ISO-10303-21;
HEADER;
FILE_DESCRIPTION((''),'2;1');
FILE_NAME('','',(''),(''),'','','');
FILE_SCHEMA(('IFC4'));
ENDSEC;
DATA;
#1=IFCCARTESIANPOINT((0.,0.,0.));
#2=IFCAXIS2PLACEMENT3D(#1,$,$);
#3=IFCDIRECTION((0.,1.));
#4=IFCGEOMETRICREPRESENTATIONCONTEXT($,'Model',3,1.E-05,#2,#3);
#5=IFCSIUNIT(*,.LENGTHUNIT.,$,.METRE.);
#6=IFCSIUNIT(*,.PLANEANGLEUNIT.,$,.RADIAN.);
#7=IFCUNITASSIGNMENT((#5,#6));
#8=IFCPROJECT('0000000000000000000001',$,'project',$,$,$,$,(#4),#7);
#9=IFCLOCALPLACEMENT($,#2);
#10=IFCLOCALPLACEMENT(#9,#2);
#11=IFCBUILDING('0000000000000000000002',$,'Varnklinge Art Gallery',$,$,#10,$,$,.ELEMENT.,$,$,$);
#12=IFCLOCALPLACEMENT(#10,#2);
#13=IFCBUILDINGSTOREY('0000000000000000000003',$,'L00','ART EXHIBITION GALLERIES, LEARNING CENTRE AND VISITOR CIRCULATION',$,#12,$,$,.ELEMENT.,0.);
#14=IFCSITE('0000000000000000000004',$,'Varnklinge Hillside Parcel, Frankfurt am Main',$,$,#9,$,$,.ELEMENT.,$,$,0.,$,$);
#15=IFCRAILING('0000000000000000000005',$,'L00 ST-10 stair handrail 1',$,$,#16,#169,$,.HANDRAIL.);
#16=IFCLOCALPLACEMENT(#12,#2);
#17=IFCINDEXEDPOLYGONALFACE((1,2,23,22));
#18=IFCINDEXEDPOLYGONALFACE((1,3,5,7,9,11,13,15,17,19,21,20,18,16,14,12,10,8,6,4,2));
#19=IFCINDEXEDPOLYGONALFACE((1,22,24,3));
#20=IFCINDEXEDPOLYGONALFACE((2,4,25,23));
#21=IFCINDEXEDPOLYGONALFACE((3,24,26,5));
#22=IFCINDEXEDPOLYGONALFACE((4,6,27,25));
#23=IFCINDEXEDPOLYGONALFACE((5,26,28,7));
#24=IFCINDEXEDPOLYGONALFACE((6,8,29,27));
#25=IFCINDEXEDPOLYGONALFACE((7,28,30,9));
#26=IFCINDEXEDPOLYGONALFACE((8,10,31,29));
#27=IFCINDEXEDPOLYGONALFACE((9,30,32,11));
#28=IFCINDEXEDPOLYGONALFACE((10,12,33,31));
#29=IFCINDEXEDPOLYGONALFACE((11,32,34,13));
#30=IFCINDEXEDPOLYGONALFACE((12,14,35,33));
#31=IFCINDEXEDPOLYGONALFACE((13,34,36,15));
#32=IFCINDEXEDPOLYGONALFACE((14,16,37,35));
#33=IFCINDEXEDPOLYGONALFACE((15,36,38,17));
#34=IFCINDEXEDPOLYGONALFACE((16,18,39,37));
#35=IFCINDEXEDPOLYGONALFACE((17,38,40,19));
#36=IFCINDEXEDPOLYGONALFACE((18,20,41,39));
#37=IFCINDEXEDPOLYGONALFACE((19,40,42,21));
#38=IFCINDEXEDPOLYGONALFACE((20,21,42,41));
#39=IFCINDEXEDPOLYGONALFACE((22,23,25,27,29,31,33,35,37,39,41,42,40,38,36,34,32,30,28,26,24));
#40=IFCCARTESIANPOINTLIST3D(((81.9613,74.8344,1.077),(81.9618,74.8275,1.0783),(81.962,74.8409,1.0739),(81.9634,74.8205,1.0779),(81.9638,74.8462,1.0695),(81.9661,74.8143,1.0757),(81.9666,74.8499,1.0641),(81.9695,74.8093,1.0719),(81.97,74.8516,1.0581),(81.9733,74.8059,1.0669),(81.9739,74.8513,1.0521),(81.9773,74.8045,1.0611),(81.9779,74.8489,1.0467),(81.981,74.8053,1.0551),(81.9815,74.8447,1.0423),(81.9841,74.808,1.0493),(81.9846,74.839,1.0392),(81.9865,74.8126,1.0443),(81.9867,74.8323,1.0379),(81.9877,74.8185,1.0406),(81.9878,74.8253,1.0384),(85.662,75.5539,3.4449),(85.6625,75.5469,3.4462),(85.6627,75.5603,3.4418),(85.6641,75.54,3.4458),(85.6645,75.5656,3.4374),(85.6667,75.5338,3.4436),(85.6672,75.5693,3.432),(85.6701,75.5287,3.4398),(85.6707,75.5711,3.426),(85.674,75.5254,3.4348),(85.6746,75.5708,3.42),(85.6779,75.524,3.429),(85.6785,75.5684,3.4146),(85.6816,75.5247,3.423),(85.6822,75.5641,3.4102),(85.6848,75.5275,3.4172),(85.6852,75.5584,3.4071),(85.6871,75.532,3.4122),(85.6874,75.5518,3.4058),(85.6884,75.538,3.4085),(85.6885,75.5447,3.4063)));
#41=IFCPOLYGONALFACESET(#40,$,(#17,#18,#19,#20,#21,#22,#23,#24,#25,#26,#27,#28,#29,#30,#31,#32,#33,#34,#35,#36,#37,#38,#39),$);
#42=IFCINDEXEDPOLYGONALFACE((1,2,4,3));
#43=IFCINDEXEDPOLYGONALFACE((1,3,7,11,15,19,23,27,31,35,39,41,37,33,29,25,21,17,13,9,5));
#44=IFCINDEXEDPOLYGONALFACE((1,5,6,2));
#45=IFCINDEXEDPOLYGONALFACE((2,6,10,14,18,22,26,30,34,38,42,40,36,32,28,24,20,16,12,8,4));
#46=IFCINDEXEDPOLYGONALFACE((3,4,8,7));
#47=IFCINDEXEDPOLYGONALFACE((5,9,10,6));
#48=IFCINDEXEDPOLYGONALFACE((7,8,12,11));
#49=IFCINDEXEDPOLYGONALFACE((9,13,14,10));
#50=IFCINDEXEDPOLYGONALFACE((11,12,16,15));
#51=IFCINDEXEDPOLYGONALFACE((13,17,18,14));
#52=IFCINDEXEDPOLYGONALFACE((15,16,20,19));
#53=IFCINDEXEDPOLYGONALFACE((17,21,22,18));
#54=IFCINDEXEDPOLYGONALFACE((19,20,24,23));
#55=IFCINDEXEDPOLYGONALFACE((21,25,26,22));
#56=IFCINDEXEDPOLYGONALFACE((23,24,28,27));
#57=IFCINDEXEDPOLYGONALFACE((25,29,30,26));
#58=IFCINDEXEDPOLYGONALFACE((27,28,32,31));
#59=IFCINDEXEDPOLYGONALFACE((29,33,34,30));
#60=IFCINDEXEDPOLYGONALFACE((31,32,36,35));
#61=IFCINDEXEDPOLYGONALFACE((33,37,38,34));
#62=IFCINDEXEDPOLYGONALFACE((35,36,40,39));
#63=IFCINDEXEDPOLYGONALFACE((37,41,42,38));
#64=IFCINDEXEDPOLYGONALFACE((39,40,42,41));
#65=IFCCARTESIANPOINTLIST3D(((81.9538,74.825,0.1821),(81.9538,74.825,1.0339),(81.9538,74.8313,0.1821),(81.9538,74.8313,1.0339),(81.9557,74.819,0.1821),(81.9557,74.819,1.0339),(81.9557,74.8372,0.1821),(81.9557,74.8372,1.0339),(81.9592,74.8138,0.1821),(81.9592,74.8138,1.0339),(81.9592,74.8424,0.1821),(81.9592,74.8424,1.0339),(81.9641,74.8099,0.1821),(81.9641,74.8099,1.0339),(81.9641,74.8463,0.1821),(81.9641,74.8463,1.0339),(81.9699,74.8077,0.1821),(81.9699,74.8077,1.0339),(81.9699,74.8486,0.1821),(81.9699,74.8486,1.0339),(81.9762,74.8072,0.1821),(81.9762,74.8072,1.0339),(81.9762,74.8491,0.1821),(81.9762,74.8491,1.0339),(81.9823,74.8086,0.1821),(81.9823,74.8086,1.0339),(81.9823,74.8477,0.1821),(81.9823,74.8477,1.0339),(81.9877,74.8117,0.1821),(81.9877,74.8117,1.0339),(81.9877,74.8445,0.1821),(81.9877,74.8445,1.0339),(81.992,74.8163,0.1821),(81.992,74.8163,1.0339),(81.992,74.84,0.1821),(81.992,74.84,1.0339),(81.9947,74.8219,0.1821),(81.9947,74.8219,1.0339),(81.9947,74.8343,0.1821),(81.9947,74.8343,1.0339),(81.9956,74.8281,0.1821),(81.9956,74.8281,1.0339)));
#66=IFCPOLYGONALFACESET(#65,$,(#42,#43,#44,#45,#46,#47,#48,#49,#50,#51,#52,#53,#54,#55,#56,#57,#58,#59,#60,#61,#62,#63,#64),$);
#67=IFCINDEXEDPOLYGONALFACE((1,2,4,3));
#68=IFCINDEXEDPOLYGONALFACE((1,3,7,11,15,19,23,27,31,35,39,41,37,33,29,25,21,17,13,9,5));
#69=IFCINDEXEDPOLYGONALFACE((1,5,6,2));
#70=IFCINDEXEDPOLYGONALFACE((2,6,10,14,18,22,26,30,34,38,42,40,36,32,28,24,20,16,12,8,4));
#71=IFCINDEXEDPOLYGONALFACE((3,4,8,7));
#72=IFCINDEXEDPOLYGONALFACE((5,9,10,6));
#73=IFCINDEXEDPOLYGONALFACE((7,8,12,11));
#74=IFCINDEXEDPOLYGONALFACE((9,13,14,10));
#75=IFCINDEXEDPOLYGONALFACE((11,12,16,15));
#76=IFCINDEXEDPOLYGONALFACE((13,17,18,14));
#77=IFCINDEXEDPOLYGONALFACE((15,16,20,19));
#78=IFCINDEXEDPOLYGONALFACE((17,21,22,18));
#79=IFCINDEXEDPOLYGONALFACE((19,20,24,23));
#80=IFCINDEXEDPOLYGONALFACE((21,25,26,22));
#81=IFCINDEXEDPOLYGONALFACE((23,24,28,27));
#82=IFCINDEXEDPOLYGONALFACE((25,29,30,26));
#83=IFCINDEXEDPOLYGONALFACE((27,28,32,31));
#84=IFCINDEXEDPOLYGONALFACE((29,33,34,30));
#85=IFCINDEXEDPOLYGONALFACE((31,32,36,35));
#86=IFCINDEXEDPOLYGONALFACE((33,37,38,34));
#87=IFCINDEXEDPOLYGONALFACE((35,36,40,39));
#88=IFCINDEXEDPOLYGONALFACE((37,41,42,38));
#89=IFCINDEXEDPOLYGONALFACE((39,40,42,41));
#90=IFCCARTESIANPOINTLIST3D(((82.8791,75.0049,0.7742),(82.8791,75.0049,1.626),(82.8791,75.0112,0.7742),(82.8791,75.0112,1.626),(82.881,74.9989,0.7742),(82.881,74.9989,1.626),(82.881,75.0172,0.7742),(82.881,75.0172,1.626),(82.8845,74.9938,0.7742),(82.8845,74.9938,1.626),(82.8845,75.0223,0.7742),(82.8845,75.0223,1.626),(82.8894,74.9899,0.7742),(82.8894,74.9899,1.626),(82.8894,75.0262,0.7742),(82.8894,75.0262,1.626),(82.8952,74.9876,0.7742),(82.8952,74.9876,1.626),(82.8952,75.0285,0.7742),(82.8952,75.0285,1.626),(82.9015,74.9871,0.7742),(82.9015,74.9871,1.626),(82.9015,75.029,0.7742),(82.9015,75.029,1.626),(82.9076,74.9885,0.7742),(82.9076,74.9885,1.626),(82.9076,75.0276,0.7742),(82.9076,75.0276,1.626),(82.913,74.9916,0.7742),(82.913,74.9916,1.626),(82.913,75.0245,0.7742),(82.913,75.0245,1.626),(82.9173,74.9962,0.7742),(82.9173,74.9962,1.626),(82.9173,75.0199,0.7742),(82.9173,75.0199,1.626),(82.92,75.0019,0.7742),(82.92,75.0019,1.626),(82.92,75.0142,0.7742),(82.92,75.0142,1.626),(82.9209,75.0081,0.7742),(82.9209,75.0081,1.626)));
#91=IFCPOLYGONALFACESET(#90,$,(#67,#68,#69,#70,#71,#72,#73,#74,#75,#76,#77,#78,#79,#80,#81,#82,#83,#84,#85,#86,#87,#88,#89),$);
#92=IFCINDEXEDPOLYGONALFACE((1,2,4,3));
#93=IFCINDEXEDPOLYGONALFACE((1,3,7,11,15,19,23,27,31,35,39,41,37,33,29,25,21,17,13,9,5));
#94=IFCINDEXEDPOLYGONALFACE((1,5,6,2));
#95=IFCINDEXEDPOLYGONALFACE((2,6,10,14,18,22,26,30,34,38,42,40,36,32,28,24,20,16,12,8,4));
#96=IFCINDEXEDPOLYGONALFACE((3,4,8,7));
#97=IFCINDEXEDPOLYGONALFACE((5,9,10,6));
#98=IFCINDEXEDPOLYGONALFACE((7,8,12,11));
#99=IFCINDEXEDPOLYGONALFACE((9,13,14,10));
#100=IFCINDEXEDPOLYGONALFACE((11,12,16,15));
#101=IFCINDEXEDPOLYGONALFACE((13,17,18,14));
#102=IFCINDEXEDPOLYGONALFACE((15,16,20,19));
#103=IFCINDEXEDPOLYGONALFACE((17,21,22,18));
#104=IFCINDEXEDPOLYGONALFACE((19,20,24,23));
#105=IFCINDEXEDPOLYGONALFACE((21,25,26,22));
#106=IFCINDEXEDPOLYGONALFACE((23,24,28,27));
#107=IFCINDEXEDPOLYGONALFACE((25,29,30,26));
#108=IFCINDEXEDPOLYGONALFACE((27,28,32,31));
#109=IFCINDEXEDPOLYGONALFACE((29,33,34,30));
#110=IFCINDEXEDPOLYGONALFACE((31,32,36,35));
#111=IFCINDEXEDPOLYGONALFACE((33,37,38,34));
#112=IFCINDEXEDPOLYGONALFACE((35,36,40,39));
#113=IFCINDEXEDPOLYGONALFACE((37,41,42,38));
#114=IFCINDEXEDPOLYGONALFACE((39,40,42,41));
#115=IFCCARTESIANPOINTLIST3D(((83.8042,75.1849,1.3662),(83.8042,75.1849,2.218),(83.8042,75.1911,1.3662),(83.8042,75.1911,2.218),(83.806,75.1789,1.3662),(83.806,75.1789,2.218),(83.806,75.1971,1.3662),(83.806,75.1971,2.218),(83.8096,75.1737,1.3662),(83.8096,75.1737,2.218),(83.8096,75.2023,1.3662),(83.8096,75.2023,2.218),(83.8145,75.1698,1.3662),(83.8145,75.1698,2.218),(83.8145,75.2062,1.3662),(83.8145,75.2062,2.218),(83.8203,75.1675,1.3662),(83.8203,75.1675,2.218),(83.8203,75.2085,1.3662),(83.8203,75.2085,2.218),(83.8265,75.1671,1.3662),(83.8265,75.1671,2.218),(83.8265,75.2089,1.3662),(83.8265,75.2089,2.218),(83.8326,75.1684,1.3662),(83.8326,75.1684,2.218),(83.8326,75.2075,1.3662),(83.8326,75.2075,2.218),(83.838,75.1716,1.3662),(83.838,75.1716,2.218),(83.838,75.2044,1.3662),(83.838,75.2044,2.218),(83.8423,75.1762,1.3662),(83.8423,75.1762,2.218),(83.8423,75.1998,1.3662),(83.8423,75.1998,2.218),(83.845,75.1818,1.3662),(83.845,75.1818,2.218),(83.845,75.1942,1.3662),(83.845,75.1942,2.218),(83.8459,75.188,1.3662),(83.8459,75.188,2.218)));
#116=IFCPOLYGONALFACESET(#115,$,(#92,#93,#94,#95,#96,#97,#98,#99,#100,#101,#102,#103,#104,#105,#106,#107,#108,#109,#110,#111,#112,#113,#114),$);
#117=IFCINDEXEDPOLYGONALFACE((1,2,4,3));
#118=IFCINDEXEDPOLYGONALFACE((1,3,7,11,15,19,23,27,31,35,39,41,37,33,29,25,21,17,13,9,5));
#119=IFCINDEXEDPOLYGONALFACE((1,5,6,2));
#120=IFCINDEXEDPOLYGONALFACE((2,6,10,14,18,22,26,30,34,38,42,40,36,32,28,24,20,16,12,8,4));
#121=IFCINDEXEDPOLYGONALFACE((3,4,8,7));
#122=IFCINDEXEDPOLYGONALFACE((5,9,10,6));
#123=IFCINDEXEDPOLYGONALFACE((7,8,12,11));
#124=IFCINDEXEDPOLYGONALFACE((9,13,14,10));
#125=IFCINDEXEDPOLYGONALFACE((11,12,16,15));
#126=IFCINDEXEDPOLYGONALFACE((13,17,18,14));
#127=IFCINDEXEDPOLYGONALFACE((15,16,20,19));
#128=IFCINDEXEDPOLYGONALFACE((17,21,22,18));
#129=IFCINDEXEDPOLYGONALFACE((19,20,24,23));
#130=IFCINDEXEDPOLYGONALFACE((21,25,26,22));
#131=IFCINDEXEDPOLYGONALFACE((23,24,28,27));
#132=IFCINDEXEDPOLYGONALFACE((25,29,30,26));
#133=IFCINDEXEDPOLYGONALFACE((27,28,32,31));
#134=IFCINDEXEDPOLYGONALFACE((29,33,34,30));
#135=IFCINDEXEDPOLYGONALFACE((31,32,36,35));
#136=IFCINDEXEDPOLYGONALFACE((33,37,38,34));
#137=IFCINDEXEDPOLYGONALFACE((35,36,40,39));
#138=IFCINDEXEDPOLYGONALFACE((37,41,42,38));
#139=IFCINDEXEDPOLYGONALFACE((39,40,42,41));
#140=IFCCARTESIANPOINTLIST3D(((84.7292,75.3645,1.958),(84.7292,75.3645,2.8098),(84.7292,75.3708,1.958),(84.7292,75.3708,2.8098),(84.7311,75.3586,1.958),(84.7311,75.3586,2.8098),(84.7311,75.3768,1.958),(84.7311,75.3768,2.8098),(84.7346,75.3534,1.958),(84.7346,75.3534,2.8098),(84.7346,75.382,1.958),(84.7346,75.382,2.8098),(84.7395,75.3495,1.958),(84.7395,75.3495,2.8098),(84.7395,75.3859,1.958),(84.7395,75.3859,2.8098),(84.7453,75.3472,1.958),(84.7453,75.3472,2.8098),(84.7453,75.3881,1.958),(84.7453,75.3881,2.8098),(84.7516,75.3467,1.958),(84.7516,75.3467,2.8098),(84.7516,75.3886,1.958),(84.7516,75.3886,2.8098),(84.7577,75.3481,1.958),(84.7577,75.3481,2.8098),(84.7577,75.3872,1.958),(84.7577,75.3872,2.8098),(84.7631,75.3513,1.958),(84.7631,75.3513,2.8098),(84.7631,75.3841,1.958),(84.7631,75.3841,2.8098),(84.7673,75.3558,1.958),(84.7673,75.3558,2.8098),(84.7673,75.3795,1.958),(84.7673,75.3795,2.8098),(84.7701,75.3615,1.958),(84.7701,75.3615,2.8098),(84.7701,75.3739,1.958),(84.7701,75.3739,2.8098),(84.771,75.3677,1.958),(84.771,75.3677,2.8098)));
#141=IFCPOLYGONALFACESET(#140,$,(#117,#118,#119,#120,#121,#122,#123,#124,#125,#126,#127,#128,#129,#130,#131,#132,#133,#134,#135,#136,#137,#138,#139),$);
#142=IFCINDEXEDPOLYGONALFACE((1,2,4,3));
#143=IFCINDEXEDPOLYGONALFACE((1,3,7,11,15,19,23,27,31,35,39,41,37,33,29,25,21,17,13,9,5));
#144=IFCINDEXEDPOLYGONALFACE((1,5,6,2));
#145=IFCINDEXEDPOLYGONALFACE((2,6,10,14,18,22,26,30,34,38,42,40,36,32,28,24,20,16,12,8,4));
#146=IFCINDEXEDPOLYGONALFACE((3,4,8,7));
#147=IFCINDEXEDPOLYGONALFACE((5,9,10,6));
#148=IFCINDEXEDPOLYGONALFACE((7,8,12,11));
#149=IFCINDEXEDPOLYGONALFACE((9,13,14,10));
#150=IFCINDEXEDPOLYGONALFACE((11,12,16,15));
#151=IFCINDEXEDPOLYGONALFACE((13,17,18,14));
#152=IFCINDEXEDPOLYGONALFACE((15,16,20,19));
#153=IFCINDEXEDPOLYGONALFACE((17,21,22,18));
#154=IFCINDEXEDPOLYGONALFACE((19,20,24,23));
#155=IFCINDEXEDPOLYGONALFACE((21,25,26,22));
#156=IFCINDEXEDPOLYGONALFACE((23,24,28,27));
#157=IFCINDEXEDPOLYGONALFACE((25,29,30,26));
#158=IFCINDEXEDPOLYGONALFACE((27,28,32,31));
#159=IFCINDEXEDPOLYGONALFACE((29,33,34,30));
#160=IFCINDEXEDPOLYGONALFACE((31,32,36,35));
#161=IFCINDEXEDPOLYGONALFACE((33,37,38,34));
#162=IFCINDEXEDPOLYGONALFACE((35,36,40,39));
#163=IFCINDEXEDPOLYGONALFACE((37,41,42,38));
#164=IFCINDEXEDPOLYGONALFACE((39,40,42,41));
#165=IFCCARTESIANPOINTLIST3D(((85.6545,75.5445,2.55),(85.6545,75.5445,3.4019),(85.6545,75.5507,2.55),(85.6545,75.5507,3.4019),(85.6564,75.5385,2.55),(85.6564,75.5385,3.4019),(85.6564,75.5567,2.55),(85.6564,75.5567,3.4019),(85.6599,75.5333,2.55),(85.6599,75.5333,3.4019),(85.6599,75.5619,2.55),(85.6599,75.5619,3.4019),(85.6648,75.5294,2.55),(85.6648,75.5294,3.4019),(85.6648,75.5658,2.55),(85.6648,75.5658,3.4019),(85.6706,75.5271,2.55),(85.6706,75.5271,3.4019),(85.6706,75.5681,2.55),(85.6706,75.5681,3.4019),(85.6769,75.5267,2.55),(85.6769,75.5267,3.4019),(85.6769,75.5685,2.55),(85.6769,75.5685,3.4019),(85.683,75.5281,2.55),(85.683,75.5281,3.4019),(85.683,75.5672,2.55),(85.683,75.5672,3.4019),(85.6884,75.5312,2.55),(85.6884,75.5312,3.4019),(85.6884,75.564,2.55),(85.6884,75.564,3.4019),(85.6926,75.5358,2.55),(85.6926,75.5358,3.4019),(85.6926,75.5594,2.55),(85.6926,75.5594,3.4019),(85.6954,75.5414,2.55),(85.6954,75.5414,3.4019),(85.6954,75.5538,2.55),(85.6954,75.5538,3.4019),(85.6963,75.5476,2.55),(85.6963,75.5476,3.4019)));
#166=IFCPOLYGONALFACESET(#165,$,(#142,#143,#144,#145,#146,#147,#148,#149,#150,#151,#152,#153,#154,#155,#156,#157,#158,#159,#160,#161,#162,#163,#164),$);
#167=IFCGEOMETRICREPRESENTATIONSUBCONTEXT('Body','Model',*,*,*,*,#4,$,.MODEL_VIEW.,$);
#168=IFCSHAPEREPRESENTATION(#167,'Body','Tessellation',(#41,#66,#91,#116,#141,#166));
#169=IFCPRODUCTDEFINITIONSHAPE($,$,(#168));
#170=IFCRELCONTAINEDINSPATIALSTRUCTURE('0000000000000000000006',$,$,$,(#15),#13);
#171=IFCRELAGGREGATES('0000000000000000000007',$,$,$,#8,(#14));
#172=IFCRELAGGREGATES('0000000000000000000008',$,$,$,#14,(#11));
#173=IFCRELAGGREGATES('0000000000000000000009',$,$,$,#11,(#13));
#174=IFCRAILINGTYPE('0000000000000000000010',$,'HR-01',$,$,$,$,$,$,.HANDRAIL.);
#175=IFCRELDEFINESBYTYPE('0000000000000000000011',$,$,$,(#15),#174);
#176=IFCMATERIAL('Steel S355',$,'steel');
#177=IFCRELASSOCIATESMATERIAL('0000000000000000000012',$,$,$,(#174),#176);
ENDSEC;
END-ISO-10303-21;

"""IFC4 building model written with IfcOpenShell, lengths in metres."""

from ifc_helpers import new_model, si_unit, direction, frame, origin, origin_2d, place, context, subcontext, project, spatial, circle, extrude, material, type_object, element, save


model = new_model("IFC4")

# Units and contexts
model_context = context("Model", 3, precision=1e-05, world=origin(), true_north=direction((0.0, 1.0)))
body_context = subcontext(model_context, "Body", "Model", "MODEL_VIEW")
ifc_project = project(units=[si_unit("LENGTHUNIT", "METRE"), si_unit("PLANEANGLEUNIT", "RADIAN")], contexts=[model_context])

# Site, building, storey
site_placement = place(None, origin())
site = spatial("IfcSite", under=ifc_project, at=site_placement, Name="Varnklinge Hillside Parcel, Frankfurt am Main", CompositionType="ELEMENT", RefElevation=0.0)
building_placement = place(site_placement, origin())
building = spatial("IfcBuilding", under=site, at=building_placement, Name="Varnklinge Art Gallery", CompositionType="ELEMENT")
storey_placement = place(building_placement, origin())
storey = spatial("IfcBuildingStorey", under=building, at=storey_placement, Name="L00", Description="ART EXHIBITION GALLERIES, LEARNING CENTRE AND VISITOR CIRCULATION", CompositionType="ELEMENT", Elevation=0.0)

# Railing
ifc_material_1 = material(Name="Steel S355", Category="steel")
railing_type_1 = type_object("IfcRailingType", Name="HR-01", PredefinedType="HANDRAIL", material=ifc_material_1)
railing_1_placement = place(storey_placement, frame((81.9746, 74.8281, 0.1821)))
element("IfcRailing", 1, at=railing_1_placement, inside=storey, type_object=railing_type_1, Name="L00 ST-10 stair handrail 1", PredefinedType="HANDRAIL", context=body_context, shape_type="SweptSolid", body=[
    extrude(circle(Radius=0.0239, at=origin_2d()), frame((0.0, 0.0, 0.876), z_axis=(0.831252, 0.161611, 0.531885), x_axis=(-0.190845, 0.98162, 0.0)), (0.0, 0.0, 1.0), 4.4519),
    extrude(circle(Radius=0.021, at=origin_2d()), origin(), (0.0, 0.0, 1.0), 0.8518),
    extrude(circle(Radius=0.021, at=origin_2d()), frame((0.9253, 0.1799, 0.592)), (0.0, 0.0, 1.0), 0.8518),
    extrude(circle(Radius=0.021, at=origin_2d()), frame((1.8503, 0.3599, 1.1841)), (0.0, 0.0, 1.0), 0.8518),
    extrude(circle(Radius=0.021, at=origin_2d()), frame((2.7754, 0.5396, 1.7759)), (0.0, 0.0, 1.0), 0.8518),
    extrude(circle(Radius=0.021, at=origin_2d()), frame((3.7007, 0.7195, 2.3679)), (0.0, 0.0, 1.0), 0.8518),
])

save(model, "model.ifc")
